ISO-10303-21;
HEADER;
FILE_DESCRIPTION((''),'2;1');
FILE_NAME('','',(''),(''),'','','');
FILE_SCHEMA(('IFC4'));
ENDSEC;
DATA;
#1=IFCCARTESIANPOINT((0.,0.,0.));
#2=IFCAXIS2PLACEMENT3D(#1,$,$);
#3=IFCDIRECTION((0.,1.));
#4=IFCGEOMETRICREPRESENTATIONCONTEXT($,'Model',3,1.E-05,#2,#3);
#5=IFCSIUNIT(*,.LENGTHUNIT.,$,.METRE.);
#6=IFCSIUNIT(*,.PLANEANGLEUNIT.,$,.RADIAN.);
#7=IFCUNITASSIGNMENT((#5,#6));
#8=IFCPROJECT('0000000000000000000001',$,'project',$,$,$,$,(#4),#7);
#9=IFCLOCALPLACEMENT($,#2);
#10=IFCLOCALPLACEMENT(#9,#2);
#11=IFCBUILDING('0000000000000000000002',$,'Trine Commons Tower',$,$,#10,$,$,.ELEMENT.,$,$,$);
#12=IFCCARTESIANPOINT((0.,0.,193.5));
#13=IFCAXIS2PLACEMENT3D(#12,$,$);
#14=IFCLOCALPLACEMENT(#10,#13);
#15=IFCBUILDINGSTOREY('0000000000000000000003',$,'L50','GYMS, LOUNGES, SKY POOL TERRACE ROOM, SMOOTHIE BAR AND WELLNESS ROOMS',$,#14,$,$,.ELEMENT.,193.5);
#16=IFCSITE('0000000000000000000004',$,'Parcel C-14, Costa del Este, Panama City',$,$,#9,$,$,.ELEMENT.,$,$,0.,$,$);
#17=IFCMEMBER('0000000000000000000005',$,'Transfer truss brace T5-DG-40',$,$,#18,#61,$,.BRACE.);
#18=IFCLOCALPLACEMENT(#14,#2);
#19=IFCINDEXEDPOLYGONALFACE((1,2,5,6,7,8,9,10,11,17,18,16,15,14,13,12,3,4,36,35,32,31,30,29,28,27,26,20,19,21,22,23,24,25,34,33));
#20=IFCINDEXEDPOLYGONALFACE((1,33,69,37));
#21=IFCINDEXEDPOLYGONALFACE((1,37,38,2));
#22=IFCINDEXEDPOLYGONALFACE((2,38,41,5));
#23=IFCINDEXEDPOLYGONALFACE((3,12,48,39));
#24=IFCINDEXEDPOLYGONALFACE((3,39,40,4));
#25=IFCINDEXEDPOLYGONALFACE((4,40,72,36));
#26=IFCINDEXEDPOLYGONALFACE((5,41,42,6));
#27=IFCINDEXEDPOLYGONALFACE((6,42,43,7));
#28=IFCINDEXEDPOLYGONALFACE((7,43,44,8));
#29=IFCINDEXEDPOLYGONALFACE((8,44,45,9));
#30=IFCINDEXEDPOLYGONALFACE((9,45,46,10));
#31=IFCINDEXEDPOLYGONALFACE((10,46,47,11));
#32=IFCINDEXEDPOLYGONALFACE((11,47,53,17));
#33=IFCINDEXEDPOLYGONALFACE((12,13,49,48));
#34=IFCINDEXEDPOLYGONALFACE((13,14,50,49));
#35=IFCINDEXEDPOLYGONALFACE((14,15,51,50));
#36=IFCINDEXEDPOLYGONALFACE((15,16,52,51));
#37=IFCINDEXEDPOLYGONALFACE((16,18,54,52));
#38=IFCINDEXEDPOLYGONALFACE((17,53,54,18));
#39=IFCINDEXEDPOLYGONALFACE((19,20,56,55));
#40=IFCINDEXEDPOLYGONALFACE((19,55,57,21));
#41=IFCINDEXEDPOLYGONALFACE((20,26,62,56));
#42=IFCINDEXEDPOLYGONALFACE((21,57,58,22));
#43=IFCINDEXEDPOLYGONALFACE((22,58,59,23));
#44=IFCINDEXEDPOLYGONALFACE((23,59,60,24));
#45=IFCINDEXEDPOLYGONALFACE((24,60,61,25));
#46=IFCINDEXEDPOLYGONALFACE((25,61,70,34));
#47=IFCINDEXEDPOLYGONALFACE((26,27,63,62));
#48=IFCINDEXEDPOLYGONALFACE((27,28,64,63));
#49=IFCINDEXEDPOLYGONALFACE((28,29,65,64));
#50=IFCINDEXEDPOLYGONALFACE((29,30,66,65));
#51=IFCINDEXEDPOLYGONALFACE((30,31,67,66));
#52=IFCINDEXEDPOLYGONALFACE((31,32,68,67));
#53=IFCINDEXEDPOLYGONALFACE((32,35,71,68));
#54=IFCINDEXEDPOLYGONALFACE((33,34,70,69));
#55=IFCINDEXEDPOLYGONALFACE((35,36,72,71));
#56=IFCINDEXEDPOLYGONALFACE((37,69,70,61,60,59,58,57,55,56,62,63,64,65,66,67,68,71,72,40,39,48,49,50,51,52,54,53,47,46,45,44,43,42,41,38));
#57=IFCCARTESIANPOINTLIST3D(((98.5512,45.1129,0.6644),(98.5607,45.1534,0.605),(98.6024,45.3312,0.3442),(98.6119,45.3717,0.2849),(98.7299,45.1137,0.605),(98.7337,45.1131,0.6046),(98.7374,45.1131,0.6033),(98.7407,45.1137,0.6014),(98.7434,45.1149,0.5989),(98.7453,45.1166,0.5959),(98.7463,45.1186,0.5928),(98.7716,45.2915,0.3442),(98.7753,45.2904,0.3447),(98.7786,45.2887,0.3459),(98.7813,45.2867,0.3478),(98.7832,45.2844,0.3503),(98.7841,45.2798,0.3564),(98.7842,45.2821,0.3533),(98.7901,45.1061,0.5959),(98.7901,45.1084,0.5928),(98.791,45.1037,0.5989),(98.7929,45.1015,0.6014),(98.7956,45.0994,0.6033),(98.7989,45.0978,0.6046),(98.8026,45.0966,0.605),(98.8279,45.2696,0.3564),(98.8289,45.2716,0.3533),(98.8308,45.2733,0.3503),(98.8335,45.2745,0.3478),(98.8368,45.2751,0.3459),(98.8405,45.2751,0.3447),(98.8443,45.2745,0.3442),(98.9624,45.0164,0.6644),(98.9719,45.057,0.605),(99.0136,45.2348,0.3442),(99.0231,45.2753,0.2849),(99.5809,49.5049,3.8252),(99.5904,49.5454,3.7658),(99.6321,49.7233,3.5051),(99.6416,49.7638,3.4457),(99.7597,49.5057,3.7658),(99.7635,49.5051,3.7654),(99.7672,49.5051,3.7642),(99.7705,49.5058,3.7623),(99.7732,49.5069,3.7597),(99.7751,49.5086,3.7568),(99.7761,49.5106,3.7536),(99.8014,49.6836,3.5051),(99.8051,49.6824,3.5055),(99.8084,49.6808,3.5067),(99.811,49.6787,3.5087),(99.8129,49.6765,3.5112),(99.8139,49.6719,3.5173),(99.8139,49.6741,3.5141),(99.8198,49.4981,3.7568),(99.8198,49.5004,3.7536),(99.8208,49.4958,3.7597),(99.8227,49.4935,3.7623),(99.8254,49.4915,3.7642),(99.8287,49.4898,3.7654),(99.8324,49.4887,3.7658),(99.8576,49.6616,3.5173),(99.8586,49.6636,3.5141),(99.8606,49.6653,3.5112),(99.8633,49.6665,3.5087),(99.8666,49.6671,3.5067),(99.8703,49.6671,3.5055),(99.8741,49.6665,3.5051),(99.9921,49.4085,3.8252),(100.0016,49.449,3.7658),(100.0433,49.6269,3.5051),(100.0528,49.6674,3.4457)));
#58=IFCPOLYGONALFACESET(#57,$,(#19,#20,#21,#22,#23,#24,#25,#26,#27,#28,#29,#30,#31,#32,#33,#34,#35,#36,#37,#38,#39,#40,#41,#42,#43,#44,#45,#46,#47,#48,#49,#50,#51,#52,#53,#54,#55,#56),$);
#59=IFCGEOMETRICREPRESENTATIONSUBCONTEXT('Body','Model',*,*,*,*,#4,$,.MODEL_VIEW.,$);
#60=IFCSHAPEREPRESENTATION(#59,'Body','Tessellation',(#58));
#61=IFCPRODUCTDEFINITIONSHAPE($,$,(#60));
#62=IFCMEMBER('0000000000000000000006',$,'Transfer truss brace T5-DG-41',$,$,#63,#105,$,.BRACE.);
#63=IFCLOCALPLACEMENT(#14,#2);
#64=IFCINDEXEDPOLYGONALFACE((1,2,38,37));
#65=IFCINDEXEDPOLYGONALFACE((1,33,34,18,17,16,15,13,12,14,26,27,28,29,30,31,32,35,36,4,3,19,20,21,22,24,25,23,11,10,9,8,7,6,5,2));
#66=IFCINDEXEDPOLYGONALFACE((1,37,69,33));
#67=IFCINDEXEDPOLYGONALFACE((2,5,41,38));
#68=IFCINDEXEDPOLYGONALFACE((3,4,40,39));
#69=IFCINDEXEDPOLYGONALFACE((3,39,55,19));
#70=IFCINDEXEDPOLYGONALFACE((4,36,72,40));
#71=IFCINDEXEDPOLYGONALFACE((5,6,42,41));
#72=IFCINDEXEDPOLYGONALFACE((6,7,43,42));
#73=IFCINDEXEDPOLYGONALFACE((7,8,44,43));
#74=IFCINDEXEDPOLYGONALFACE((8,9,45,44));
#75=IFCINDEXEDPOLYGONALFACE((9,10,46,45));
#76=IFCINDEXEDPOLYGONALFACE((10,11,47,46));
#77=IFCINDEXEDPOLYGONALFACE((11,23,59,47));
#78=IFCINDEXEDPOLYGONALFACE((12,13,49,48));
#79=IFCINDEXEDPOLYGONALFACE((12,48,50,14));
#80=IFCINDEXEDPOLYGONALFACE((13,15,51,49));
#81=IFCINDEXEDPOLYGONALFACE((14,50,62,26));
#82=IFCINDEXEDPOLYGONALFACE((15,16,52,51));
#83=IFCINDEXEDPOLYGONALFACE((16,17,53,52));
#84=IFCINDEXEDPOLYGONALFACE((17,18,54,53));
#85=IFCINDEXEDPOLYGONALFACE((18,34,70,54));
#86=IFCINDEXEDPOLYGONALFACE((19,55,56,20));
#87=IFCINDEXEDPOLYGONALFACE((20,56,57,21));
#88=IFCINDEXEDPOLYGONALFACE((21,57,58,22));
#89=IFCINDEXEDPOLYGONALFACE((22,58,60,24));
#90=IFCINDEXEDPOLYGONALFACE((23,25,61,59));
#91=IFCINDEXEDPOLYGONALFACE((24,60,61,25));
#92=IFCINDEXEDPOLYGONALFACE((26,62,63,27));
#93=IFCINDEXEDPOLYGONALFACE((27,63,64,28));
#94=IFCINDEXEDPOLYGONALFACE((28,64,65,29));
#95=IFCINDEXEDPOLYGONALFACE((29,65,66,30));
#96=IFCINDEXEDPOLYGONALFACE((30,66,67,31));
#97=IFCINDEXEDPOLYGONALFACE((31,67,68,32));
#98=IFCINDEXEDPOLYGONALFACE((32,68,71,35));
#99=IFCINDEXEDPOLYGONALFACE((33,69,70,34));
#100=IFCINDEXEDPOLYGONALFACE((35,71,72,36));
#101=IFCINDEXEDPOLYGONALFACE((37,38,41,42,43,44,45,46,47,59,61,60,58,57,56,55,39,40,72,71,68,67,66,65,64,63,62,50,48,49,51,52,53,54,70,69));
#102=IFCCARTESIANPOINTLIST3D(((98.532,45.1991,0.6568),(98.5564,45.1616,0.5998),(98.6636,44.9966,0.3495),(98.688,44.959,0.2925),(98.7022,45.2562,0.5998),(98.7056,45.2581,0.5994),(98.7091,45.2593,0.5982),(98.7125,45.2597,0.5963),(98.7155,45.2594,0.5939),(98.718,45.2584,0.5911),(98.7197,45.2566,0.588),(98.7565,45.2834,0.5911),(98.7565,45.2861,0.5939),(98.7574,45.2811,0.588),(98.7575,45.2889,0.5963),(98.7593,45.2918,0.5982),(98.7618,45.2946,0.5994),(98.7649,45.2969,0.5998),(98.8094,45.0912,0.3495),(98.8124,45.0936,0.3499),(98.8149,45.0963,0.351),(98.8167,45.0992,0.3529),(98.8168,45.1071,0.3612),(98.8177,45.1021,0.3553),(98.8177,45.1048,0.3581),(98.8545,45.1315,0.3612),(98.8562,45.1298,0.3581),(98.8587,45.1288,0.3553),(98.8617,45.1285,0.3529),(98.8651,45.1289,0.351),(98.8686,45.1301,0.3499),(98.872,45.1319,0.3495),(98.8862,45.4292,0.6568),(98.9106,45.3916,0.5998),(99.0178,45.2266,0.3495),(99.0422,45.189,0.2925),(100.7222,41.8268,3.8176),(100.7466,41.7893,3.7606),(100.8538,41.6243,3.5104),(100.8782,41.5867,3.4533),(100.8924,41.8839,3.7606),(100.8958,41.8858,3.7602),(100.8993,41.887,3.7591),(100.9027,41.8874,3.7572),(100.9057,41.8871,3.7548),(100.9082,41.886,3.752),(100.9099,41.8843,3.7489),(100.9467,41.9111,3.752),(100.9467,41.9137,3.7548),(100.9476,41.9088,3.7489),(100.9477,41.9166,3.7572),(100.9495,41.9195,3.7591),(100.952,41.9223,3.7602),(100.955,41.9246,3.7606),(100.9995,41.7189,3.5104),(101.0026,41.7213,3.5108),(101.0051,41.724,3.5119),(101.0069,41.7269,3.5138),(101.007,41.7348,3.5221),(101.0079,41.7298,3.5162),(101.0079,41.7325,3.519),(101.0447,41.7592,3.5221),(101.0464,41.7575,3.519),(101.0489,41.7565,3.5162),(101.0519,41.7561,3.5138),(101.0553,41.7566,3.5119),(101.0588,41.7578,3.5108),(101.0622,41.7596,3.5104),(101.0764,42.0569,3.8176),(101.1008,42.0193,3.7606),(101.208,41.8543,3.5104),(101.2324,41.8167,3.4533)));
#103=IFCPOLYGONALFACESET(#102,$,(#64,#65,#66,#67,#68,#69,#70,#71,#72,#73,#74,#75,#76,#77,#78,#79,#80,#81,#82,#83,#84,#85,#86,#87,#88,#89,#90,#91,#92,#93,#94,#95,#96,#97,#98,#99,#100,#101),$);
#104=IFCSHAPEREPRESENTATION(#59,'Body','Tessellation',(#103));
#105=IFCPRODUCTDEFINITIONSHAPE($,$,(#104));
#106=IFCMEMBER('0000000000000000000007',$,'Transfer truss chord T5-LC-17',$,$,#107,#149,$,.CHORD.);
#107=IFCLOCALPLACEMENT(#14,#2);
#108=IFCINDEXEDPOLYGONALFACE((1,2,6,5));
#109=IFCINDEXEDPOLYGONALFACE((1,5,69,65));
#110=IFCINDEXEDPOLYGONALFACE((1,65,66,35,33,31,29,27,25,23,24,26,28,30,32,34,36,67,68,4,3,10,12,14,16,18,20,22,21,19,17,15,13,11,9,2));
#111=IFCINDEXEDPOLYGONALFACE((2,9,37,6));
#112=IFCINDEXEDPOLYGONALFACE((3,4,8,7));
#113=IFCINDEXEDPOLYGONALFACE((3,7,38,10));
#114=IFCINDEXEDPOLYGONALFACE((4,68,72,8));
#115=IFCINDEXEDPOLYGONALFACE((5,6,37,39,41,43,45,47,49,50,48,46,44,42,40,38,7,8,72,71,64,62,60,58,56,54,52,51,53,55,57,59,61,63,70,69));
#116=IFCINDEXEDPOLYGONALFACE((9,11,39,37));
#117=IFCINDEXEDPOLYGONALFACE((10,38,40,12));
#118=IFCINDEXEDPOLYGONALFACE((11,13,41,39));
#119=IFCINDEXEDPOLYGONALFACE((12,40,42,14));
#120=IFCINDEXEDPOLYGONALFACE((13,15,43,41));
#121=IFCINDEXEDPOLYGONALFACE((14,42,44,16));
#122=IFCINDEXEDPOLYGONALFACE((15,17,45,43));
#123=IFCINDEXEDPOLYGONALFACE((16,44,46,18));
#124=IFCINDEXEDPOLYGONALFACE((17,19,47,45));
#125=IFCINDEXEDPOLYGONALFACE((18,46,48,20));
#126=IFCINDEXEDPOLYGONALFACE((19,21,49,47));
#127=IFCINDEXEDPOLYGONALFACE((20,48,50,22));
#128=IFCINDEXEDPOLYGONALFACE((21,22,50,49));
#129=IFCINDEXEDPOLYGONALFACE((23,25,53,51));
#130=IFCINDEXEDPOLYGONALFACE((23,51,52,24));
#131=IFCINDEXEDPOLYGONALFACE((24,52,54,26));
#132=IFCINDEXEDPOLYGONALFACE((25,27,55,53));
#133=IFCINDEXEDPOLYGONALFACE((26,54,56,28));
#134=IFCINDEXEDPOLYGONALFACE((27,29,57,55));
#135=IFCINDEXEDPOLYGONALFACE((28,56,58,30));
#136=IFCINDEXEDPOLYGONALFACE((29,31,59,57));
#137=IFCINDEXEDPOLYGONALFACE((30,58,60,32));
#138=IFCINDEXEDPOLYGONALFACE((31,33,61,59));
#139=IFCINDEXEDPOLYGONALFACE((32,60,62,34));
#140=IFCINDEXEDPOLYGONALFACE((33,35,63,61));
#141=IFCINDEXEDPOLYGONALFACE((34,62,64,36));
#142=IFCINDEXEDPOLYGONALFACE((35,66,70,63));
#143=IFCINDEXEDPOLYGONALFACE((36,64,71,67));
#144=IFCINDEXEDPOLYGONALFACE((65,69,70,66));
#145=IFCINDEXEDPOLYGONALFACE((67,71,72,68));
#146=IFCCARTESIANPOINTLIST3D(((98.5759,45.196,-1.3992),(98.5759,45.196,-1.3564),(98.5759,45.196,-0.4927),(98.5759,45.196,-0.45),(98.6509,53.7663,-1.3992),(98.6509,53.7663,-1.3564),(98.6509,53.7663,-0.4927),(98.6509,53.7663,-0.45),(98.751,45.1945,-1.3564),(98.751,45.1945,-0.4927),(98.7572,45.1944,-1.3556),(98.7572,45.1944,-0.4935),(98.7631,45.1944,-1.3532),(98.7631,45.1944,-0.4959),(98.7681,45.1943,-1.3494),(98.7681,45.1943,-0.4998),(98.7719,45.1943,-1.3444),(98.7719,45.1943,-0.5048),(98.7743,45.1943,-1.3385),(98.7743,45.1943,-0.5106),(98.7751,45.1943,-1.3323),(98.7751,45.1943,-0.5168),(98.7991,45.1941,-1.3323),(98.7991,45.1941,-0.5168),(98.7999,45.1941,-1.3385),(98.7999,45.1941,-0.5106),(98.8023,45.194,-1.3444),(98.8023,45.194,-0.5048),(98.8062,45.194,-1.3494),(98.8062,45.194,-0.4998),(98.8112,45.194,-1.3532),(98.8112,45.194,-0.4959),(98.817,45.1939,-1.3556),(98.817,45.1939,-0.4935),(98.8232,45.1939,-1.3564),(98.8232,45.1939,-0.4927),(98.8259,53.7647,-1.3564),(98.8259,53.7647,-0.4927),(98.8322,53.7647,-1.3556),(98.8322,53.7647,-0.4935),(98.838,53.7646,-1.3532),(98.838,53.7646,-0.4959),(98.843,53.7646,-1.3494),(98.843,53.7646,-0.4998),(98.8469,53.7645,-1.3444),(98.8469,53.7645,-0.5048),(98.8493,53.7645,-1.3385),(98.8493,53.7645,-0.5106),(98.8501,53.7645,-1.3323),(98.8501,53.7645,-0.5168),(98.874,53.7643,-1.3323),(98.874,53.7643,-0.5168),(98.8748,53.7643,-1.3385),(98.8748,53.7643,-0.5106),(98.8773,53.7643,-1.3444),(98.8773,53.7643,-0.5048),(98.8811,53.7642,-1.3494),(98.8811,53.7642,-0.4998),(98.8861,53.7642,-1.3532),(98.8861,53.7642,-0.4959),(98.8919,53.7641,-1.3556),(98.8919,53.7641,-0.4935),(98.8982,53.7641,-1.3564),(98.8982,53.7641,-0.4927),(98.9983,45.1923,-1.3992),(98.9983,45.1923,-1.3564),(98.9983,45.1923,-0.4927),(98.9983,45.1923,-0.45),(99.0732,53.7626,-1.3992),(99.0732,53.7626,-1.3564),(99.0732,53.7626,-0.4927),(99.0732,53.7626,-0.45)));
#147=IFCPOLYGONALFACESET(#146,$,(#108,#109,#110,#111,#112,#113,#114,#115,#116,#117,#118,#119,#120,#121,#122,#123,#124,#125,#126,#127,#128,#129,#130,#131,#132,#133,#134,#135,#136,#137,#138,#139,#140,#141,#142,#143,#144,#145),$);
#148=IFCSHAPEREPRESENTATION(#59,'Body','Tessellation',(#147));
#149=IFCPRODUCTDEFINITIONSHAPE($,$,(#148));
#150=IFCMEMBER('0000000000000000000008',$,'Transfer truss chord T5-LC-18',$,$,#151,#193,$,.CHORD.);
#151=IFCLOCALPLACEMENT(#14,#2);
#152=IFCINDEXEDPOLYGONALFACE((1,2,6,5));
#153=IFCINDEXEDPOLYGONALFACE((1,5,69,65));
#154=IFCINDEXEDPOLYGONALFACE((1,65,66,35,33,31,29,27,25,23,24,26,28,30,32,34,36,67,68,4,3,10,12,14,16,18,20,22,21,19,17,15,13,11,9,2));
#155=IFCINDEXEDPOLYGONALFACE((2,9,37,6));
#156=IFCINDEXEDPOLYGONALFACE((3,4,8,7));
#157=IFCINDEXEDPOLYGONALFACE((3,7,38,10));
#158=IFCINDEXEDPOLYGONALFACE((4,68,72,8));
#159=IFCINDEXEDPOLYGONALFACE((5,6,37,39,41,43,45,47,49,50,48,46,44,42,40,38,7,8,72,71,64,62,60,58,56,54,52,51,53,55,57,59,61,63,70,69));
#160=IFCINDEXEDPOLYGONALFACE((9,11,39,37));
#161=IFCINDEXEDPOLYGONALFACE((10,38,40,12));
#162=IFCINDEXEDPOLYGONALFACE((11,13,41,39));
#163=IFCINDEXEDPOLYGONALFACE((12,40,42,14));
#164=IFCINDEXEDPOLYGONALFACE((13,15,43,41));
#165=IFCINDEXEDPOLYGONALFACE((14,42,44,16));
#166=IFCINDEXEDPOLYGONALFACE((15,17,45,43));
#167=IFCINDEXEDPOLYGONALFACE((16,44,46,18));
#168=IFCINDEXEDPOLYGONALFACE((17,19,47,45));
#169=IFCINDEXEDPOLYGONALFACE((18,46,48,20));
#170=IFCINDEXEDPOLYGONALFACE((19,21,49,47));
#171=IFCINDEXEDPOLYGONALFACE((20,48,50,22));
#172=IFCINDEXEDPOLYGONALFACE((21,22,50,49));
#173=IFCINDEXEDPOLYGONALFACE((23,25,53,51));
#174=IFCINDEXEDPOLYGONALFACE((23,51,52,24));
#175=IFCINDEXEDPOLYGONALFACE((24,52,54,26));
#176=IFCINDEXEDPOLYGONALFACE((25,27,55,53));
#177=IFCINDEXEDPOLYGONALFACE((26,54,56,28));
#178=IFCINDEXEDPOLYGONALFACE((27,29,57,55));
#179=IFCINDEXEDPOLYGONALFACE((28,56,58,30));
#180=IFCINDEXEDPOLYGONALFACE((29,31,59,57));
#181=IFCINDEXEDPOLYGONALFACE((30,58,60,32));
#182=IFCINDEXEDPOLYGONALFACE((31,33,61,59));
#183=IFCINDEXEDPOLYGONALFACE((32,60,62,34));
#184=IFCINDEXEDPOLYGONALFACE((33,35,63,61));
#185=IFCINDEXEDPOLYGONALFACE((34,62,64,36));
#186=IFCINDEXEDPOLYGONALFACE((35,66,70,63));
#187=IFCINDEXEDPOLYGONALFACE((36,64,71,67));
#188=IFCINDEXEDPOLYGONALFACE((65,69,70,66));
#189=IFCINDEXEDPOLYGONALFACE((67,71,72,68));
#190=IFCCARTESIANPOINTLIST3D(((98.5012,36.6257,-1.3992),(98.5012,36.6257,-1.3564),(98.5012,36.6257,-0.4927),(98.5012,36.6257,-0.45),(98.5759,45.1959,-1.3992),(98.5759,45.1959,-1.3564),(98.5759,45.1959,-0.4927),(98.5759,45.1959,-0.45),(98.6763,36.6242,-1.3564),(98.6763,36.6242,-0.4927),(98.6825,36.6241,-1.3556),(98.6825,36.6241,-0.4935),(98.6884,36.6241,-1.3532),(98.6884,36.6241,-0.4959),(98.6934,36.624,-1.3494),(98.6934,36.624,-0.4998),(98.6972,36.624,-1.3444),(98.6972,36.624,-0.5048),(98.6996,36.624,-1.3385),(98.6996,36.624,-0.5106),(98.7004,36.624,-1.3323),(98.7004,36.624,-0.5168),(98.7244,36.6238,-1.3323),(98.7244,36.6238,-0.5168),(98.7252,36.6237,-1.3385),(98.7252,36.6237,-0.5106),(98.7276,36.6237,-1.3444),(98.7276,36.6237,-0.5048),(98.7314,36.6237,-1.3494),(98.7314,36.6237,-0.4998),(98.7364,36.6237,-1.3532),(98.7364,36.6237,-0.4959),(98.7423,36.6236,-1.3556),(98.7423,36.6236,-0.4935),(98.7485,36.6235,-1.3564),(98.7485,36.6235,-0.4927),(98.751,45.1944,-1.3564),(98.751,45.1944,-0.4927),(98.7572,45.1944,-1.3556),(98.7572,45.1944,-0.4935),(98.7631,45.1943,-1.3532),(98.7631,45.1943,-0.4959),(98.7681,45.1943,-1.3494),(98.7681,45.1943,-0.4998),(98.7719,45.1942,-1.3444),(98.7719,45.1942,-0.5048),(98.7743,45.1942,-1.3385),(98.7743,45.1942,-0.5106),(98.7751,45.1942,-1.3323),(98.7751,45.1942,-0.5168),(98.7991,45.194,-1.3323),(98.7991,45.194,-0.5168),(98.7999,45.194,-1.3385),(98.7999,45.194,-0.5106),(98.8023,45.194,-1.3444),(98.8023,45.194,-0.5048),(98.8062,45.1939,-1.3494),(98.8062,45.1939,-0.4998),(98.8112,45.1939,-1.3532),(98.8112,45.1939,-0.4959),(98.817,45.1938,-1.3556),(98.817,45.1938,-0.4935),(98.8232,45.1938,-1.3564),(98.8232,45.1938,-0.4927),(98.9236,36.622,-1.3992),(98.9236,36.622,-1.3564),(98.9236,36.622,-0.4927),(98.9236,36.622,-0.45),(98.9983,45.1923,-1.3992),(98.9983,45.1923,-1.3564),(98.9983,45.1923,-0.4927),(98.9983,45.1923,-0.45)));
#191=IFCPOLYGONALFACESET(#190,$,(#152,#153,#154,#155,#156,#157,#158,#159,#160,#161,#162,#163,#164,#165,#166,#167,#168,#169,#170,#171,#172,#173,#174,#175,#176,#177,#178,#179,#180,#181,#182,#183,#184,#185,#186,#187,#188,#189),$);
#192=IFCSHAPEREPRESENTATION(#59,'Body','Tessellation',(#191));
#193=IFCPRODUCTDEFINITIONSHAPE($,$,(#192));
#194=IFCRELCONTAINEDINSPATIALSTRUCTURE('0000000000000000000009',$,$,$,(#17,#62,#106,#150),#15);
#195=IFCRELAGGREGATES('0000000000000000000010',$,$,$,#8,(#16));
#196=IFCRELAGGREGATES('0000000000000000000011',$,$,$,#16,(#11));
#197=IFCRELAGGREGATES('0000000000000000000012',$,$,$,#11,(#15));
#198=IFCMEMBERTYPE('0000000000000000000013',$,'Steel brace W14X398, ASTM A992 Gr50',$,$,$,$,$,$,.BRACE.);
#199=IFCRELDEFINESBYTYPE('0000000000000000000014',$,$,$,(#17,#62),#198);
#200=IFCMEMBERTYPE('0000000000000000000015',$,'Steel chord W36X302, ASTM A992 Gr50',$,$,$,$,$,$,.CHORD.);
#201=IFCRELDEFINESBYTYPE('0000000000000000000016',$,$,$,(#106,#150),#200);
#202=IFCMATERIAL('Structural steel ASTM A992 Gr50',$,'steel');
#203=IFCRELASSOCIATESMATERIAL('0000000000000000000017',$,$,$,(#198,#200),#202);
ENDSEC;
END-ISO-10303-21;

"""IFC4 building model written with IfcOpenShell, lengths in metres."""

from ifc_helpers import new_model, si_unit, direction, frame, origin, origin_2d, place, context, subcontext, project, spatial, i_section, extrude, material, material_profile, profile_set, type_object, element, save


model = new_model("IFC4")

# Units and contexts
model_context = context("Model", 3, precision=1e-05, world=origin(), true_north=direction((0.0, 1.0)))
body_context = subcontext(model_context, "Body", "Model", "MODEL_VIEW")
ifc_project = project(units=[si_unit("LENGTHUNIT", "METRE"), si_unit("PLANEANGLEUNIT", "RADIAN")], contexts=[model_context])

# Site, building, storey
site_placement = place(None, origin())
site = spatial("IfcSite", under=ifc_project, at=site_placement, Name="Parcel C-14, Costa del Este, Panama City", CompositionType="ELEMENT", RefElevation=0.0)
building_placement = place(site_placement, origin())
building = spatial("IfcBuilding", under=site, at=building_placement, Name="Trine Commons Tower", CompositionType="ELEMENT")
storey_placement = place(building_placement, frame((0.0, 0.0, 193.5)))
storey = spatial("IfcBuildingStorey", under=building, at=storey_placement, Name="L50", Description="GYMS, LOUNGES, SKY POOL TERRACE ROOM, SMOOTHIE BAR AND WELLNESS ROOMS", CompositionType="ELEMENT", Elevation=193.5)

# Members
ifc_material_1 = material(Name="Structural steel ASTM A992 Gr50", Category="steel")
ifc_material_profile_1 = material_profile(ifc_material_1, i_section(OverallWidth=0.4224, OverallDepth=0.4634, WebThickness=0.0449, FlangeThickness=0.0725, FilletRadius=0.0149, at=origin_2d()), Name="W14X398")
ifc_profile_set_1 = profile_set([ifc_material_profile_1], Name="Structural steel ASTM A992 Gr50")
member_type_1 = type_object("IfcMemberType", Name="Steel brace W14X398, ASTM A992 Gr50", PredefinedType="BRACE", material=ifc_profile_set_1)
member_1_placement = place(storey_placement, frame((98.7871, 45.1941, 0.4746), z_axis=(0.186949, 0.797349, 0.573834), x_axis=(-0.973597, 0.228273, 0.0)))
element("IfcMember", 1, at=member_1_placement, inside=storey, type_object=member_type_1, Name="Transfer truss brace T5-DG-40", PredefinedType="BRACE", context=body_context, shape_type="SweptSolid", body=[
    extrude(i_section(OverallWidth=0.4224, OverallDepth=0.4634, WebThickness=0.0449, FlangeThickness=0.0725, FilletRadius=0.0149, at=origin_2d()), origin(), (0.0, 0.0, 1.0), 5.5083),
])
member_2_placement = place(storey_placement, frame((98.7871, 45.1941, 0.4746), z_axis=(0.42821, -0.659332, 0.617995), x_axis=(0.83865, 0.54467, 0.0)))
element("IfcMember", 2, at=member_2_placement, inside=storey, type_object=member_type_1, Name="Transfer truss brace T5-DG-41", PredefinedType="BRACE", context=body_context, shape_type="SweptSolid", body=[
    extrude(i_section(OverallWidth=0.4224, OverallDepth=0.4634, WebThickness=0.0449, FlangeThickness=0.0725, FilletRadius=0.0149, at=origin_2d()), origin(), (0.0, 0.0, 1.0), 5.1147),
])
ifc_material_profile_2 = material_profile(ifc_material_1, i_section(OverallWidth=0.4224, OverallDepth=0.9492, WebThickness=0.0239, FlangeThickness=0.0427, FilletRadius=0.0242, at=origin_2d()), Name="W36X302")
ifc_profile_set_2 = profile_set([ifc_material_profile_2], Name="Structural steel ASTM A992 Gr50")
member_type_2 = type_object("IfcMemberType", Name="Steel chord W36X302, ASTM A992 Gr50", PredefinedType="CHORD", material=ifc_profile_set_2)
for number, where, z_axis, x_axis, name in (
    (3, (98.8621, 53.7644, -0.9246), (-0.008745, -0.999962, 0.0), (0.999962, -0.008745, 0.0), "Transfer truss chord T5-LC-17"),
    (4, (98.7871, 45.1941, -0.9246), (-0.008717, -0.999962, 0.0), (0.999962, -0.008717, 0.0), "Transfer truss chord T5-LC-18"),
):
    element("IfcMember", number, at=place(storey_placement, frame(where, z_axis=z_axis, x_axis=x_axis)), inside=storey, type_object=member_type_2, Name=name, PredefinedType="CHORD", context=body_context, shape_type="SweptSolid", body=[
        extrude(i_section(OverallWidth=0.4224, OverallDepth=0.9492, WebThickness=0.0239, FlangeThickness=0.0427, FilletRadius=0.0242, at=origin_2d()), origin(), (0.0, 0.0, 1.0), 8.5706),
    ])

save(model, "model.ifc")
